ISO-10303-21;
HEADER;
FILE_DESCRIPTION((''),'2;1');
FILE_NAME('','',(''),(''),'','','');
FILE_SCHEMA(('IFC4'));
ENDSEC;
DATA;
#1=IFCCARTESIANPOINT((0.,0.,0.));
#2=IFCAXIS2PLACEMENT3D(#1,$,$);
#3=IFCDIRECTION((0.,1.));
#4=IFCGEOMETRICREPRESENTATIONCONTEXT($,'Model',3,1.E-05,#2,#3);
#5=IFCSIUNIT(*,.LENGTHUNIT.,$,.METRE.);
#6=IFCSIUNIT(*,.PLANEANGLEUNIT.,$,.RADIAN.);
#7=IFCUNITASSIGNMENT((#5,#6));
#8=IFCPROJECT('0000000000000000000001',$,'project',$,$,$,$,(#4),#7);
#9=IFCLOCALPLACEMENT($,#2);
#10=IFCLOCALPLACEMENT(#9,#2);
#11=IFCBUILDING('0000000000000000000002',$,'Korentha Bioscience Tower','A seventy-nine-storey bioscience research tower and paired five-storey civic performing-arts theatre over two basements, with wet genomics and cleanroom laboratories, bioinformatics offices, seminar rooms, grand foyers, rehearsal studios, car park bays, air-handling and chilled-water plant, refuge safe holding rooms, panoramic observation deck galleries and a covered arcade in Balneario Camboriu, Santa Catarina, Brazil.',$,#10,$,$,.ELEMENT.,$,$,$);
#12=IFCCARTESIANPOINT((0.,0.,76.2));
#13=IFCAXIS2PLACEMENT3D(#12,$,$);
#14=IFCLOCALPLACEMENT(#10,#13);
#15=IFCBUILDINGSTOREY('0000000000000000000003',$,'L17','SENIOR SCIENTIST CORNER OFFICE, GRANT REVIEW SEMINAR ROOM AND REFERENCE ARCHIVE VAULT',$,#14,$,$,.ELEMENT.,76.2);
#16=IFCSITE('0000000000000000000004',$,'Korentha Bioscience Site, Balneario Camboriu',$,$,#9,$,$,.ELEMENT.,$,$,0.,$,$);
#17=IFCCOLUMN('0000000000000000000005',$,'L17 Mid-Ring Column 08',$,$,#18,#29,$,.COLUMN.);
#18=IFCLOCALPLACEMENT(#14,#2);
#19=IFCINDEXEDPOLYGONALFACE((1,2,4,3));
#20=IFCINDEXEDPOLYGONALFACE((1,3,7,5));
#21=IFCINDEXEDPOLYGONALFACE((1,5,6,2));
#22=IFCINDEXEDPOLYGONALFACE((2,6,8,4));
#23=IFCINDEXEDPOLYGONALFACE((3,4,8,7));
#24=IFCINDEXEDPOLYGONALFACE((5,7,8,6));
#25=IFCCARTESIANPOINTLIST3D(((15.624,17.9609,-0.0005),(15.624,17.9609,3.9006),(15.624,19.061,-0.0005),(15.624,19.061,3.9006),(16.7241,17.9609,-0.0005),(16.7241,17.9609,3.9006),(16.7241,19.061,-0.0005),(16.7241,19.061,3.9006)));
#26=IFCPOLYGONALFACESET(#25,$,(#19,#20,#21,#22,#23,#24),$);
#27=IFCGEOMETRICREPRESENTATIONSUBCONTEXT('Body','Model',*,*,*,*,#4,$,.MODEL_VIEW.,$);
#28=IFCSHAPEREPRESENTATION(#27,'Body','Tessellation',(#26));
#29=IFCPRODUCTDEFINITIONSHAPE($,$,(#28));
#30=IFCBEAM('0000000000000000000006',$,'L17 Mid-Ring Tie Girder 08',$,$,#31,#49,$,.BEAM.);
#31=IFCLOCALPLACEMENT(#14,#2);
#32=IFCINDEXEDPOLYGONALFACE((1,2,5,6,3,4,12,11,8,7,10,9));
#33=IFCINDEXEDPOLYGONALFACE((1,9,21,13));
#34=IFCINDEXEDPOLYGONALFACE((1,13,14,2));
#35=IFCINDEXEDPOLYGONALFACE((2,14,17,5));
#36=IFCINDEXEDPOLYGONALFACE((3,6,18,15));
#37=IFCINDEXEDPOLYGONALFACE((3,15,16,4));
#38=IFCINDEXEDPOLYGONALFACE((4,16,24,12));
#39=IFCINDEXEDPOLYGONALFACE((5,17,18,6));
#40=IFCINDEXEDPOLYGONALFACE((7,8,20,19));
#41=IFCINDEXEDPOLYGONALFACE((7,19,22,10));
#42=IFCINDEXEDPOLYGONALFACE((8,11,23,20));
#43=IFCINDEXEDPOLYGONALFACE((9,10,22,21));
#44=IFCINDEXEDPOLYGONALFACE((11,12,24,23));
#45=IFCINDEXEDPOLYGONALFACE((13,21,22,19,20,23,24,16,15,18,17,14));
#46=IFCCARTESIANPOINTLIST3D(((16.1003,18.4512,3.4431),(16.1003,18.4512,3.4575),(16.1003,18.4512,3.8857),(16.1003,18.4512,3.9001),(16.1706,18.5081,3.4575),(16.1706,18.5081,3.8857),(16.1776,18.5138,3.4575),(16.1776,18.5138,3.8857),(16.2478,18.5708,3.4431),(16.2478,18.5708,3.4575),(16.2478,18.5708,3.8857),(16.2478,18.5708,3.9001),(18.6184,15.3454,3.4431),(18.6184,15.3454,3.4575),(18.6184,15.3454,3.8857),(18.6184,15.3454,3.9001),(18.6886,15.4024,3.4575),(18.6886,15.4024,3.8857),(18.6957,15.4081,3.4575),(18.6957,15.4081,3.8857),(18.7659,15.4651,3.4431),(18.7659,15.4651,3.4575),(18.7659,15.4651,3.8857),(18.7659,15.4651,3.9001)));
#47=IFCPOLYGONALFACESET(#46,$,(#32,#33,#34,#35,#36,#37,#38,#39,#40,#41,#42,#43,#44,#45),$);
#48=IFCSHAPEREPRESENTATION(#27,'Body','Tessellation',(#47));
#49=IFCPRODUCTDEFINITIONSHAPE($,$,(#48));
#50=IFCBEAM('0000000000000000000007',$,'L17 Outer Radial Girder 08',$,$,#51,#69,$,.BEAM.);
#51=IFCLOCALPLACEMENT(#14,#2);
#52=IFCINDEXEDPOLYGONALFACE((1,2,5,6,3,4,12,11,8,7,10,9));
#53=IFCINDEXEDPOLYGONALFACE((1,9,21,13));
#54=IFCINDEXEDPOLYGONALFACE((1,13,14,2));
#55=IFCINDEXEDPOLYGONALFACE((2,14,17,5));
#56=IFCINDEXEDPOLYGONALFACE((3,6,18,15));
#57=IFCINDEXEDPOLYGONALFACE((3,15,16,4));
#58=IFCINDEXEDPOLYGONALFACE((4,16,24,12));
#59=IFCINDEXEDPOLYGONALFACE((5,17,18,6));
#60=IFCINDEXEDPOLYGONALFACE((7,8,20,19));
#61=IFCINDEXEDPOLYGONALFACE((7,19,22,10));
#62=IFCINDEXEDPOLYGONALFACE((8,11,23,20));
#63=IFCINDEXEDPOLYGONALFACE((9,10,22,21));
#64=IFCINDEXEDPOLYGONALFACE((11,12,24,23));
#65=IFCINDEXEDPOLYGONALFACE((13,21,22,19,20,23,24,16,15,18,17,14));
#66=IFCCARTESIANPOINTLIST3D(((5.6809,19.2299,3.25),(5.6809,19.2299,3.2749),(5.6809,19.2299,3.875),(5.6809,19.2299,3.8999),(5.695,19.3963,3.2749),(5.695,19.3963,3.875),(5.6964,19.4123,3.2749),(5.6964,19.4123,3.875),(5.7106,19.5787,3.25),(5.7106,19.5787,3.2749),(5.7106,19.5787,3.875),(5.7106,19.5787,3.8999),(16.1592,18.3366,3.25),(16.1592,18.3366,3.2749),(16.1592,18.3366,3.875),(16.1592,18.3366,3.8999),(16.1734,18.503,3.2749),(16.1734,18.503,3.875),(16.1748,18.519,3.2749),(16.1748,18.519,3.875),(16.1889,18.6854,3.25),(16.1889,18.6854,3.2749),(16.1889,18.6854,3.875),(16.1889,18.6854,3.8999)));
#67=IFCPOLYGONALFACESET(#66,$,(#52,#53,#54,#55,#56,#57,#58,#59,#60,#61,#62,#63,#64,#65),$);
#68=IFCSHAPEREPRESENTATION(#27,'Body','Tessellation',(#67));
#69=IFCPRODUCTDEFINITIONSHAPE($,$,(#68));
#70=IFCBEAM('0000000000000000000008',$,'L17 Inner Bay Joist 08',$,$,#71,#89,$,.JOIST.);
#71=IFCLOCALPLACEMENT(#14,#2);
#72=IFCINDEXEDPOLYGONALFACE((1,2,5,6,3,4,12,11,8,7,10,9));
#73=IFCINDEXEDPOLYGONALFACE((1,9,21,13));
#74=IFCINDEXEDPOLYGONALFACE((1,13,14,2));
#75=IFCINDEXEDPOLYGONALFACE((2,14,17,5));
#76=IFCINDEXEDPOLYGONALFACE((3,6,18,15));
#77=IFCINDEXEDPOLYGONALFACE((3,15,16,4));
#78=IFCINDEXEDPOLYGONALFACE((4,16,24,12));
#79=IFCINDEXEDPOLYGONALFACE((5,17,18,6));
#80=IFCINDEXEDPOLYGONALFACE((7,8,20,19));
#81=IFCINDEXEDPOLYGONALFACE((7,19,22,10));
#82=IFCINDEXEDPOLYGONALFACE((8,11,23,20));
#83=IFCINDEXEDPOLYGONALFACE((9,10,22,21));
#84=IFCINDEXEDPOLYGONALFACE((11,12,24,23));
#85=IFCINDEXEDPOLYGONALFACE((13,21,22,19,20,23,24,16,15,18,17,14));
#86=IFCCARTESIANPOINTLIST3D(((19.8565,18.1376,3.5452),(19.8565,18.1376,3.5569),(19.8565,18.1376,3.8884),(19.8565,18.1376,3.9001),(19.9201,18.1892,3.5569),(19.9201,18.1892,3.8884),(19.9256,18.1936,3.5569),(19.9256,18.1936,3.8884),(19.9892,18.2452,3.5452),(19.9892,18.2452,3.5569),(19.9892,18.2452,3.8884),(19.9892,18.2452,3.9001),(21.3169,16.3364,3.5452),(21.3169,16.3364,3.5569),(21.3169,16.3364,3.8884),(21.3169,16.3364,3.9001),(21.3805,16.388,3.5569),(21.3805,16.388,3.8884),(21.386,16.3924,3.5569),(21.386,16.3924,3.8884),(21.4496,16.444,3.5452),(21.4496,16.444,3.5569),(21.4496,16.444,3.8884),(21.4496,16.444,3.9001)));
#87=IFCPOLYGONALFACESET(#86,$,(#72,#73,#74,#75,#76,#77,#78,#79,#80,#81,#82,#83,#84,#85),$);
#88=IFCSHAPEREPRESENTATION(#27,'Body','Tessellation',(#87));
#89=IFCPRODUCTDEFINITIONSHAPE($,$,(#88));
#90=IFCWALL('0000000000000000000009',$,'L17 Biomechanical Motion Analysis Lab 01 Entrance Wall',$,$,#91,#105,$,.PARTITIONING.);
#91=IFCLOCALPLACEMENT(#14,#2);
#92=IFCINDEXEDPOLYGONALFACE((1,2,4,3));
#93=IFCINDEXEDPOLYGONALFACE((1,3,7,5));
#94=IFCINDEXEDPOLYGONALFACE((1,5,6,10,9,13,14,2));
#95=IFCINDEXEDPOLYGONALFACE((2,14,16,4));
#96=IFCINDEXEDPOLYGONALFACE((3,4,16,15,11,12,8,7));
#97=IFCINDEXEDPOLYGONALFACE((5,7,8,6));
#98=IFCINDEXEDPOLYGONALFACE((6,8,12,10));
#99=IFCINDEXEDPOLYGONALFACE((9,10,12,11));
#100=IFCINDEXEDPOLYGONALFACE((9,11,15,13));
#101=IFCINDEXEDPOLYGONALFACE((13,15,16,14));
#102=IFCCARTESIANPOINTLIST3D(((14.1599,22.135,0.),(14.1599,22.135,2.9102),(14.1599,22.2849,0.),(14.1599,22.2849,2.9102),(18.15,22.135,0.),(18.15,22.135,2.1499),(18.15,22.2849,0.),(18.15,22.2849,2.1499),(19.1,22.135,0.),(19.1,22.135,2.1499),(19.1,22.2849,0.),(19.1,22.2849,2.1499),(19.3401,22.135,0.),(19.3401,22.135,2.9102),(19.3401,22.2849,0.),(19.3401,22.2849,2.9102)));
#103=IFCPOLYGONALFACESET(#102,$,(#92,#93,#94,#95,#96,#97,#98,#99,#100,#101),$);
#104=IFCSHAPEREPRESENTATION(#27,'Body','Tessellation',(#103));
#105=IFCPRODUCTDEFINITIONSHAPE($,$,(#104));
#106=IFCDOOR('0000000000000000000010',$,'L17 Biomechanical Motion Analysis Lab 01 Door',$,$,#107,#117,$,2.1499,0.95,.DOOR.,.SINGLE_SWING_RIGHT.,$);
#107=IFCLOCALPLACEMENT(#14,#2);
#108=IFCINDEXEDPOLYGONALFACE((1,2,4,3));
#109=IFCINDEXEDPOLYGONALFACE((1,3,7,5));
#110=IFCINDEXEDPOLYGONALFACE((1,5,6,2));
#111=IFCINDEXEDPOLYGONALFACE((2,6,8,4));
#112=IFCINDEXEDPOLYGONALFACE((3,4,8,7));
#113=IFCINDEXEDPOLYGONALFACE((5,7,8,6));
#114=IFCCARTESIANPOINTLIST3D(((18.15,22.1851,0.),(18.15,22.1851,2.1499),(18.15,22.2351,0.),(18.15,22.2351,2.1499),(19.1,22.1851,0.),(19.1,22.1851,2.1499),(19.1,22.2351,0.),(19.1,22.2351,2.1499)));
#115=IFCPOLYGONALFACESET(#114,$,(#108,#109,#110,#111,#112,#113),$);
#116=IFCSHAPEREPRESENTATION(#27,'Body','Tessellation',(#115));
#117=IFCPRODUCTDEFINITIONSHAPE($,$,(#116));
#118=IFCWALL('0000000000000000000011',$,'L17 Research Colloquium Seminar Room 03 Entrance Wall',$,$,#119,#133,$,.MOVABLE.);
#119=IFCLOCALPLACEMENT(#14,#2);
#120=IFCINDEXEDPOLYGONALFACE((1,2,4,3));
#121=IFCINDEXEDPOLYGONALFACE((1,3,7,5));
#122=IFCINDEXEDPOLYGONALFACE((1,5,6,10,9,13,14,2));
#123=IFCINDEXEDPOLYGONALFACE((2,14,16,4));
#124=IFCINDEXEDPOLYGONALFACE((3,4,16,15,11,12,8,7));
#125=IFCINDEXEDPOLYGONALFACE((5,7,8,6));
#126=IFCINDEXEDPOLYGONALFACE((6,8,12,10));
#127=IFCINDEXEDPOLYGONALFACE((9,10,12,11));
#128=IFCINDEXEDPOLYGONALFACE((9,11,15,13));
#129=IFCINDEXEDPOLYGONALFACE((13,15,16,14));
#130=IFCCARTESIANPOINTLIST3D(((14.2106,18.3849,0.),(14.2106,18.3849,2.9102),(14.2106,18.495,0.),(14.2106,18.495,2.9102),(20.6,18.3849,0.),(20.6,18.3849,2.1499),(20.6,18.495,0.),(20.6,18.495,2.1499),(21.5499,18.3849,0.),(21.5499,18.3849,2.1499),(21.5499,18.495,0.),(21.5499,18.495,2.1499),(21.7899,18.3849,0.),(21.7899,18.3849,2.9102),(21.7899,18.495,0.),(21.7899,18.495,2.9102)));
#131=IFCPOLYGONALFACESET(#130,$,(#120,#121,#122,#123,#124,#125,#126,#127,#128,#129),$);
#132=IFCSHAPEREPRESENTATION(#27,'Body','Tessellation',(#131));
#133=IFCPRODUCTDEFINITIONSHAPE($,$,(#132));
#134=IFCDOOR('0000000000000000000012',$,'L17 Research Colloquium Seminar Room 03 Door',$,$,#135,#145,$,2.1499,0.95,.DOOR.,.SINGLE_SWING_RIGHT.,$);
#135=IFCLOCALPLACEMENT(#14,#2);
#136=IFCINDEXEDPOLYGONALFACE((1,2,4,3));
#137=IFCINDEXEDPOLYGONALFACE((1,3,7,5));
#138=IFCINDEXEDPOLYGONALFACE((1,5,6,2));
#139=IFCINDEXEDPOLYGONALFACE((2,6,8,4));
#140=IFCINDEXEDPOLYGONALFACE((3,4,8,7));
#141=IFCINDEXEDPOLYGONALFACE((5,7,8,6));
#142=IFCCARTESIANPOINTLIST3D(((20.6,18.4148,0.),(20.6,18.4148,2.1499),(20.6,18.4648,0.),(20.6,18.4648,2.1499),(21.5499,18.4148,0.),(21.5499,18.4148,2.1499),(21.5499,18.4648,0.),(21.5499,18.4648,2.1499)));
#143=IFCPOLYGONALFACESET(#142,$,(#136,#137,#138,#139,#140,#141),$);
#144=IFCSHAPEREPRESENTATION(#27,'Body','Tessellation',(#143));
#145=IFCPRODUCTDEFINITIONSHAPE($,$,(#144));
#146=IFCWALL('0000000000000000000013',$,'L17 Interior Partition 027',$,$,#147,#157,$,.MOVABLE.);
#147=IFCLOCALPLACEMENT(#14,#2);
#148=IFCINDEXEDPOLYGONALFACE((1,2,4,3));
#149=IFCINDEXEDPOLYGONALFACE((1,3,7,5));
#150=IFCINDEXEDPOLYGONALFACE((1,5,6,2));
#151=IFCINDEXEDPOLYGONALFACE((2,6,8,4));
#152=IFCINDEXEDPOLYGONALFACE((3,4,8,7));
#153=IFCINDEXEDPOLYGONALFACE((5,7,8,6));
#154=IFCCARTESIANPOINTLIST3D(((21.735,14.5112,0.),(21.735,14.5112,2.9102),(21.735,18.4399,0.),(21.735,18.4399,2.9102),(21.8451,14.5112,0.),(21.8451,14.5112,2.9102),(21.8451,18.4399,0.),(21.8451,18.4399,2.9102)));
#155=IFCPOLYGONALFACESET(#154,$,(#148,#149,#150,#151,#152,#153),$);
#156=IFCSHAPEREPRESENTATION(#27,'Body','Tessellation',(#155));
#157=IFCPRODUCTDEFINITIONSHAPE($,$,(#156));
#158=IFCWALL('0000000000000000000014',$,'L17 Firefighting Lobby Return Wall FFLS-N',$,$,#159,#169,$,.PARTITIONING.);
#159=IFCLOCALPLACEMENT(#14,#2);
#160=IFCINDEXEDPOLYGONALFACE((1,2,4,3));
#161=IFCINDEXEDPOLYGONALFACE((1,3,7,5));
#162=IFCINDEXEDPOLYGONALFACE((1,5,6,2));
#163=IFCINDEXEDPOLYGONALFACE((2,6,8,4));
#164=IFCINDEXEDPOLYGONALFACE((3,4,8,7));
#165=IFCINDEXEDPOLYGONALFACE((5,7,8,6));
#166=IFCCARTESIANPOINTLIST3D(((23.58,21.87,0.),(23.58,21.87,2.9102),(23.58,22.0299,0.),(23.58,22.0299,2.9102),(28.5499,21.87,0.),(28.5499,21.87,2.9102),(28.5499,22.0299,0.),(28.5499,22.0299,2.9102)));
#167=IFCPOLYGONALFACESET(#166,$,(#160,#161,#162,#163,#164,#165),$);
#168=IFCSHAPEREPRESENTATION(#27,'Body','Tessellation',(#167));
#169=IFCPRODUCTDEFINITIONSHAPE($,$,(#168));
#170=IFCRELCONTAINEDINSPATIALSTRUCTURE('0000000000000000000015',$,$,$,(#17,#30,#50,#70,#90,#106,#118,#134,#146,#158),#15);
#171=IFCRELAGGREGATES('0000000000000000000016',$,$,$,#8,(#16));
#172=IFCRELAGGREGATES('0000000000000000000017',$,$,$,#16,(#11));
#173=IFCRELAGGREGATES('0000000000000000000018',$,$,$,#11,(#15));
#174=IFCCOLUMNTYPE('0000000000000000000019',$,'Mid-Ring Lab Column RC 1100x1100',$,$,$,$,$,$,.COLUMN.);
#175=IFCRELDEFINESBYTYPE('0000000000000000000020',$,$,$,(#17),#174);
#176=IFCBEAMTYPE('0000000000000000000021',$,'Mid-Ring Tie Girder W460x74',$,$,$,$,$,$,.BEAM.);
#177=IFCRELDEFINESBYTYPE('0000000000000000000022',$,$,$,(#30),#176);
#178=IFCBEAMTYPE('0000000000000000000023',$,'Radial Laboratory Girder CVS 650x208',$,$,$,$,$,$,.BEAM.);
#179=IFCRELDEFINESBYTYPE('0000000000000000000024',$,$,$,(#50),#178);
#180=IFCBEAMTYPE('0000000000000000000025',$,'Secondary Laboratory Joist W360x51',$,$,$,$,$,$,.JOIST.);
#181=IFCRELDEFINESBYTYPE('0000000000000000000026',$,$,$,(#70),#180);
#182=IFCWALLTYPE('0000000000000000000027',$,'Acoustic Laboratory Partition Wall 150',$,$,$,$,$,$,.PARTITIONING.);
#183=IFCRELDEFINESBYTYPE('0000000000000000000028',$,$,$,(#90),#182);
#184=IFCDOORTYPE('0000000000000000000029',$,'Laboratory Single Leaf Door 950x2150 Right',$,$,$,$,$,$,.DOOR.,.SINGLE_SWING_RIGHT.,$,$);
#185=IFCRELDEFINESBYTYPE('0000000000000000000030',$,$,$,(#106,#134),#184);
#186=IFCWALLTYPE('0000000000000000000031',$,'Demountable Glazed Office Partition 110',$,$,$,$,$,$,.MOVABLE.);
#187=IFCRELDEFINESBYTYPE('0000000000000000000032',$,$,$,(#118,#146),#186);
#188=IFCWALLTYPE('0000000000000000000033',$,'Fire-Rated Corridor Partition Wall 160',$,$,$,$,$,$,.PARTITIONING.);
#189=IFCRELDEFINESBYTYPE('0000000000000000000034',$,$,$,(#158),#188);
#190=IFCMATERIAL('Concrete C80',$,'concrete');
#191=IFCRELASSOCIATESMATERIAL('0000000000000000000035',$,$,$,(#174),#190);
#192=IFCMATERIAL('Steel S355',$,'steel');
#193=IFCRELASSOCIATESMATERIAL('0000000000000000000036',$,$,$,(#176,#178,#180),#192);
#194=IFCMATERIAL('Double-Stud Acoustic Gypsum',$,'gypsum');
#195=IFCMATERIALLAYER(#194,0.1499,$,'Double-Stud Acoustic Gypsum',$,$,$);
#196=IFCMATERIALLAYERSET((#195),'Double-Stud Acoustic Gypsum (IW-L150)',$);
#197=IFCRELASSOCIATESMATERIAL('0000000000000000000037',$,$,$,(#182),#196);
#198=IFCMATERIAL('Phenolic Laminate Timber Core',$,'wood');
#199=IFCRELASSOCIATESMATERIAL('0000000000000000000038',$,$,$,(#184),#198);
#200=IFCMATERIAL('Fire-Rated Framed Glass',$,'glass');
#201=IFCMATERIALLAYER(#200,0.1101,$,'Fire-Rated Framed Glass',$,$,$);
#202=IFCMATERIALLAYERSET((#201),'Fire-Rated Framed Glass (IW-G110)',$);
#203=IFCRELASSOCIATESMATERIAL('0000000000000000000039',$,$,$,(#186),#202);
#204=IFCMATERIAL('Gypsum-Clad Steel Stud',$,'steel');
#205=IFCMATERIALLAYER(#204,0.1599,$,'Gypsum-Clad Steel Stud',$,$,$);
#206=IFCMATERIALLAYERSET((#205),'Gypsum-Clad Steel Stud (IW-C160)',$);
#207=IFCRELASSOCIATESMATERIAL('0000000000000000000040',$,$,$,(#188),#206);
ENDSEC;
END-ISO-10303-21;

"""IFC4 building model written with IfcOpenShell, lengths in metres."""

from ifc_helpers import new_model, si_unit, direction, frame, frame_2d, origin, origin_2d, place, context, subcontext, project, spatial, rectangle, i_section, extrude, material, layer, layer_set, material_profile, profile_set, type_object, element, fill, save


model = new_model("IFC4")

# Units and contexts
model_context = context("Model", 3, precision=1e-05, world=origin(), true_north=direction((0.0, 1.0)))
body_context = subcontext(model_context, "Body", "Model", "MODEL_VIEW")
ifc_project = project(units=[si_unit("LENGTHUNIT", "METRE"), si_unit("PLANEANGLEUNIT", "RADIAN")], contexts=[model_context])

# Site, building, storey
site_placement = place(None, origin())
site = spatial("IfcSite", under=ifc_project, at=site_placement, Name="Korentha Bioscience Site, Balneario Camboriu", CompositionType="ELEMENT", RefElevation=0.0)
building_placement = place(site_placement, origin())
building = spatial("IfcBuilding", under=site, at=building_placement, Name="Korentha Bioscience Tower", Description="A seventy-nine-storey bioscience research tower and paired five-storey civic performing-arts theatre over two basements, with wet genomics and cleanroom laboratories, bioinformatics offices, seminar rooms, grand foyers, rehearsal studios, car park bays, air-handling and chilled-water plant, refuge safe holding rooms, panoramic observation deck galleries and a covered arcade in Balneario Camboriu, Santa Catarina, Brazil.", CompositionType="ELEMENT")
storey_placement = place(building_placement, frame((0.0, 0.0, 76.2)))
storey = spatial("IfcBuildingStorey", under=building, at=storey_placement, Name="L17", Description="SENIOR SCIENTIST CORNER OFFICE, GRANT REVIEW SEMINAR ROOM AND REFERENCE ARCHIVE VAULT", CompositionType="ELEMENT", Elevation=76.2)

# Column
ifc_material_1 = material(Name="Concrete C80", Category="concrete")
ifc_material_profile_1 = material_profile(ifc_material_1, rectangle(XDim=1.1001, YDim=1.1001, at=origin_2d()), Name="Concrete C80")
ifc_profile_set_1 = profile_set([ifc_material_profile_1], Name="Concrete C80 (COL-MR11)")
column_type = type_object("IfcColumnType", Name="Mid-Ring Lab Column RC 1100x1100", PredefinedType="COLUMN", material=ifc_profile_set_1)
column_placement = place(storey_placement, frame((16.1741, 18.511, -0.0005), z_axis=(0.0, 0.0, 1.0), x_axis=(1.0, 0.0, 0.0)))
element("IfcColumn", 1, at=column_placement, inside=storey, type_object=column_type, Name="L17 Mid-Ring Column 08", PredefinedType="COLUMN", context=body_context, shape_type="SweptSolid", body=[
    extrude(rectangle(XDim=1.1001, YDim=1.1001, at=origin_2d()), origin(), (0.0, 0.0, 1.0), 3.9011),
])

# Beams
ifc_material_2 = material(Name="Steel S355", Category="steel")
ifc_material_profile_2 = material_profile(ifc_material_2, i_section(OverallWidth=0.1899, OverallDepth=0.457, WebThickness=0.009, FlangeThickness=0.0144, at=origin_2d()), Name="Steel S355")
ifc_profile_set_2 = profile_set([ifc_material_profile_2], Name="Steel S355 (MB-460)")
beam_type_1 = type_object("IfcBeamType", Name="Mid-Ring Tie Girder W460x74", PredefinedType="BEAM", material=ifc_profile_set_2)
beam_1_placement = place(storey_placement, frame((16.1741, 18.511, 3.6716), z_axis=(0.62979, -0.776765, 0.0), x_axis=(0.776765, 0.62979, 0.0)))
element("IfcBeam", 2, at=beam_1_placement, inside=storey, type_object=beam_type_1, Name="L17 Mid-Ring Tie Girder 08", PredefinedType="BEAM", context=body_context, shape_type="SweptSolid", body=[
    extrude(i_section(OverallWidth=0.1899, OverallDepth=0.457, WebThickness=0.009, FlangeThickness=0.0144, at=origin_2d()), origin(), (0.0, 0.0, 1.0), 3.9983),
])
ifc_material_profile_3 = material_profile(ifc_material_2, i_section(OverallWidth=0.3501, OverallDepth=0.6499, WebThickness=0.0161, FlangeThickness=0.0249, at=origin_2d()), Name="Steel S355")
ifc_profile_set_3 = profile_set([ifc_material_profile_3], Name="Steel S355 (RB-650)")
beam_type_2 = type_object("IfcBeamType", Name="Radial Laboratory Girder CVS 650x208", PredefinedType="BEAM", material=ifc_profile_set_3)
beam_2_placement = place(storey_placement, frame((16.1741, 18.511, 3.575), z_axis=(-0.996386, 0.084945, 0.0), x_axis=(-0.084945, -0.996386, 0.0)))
element("IfcBeam", 3, at=beam_2_placement, inside=storey, type_object=beam_type_2, Name="L17 Outer Radial Girder 08", PredefinedType="BEAM", context=body_context, shape_type="SweptSolid", body=[
    extrude(i_section(OverallWidth=0.3501, OverallDepth=0.6499, WebThickness=0.0161, FlangeThickness=0.0249, at=origin_2d()), origin(), (0.0, 0.0, 1.0), 10.5164),
])
ifc_material_profile_4 = material_profile(ifc_material_2, i_section(OverallWidth=0.1709, OverallDepth=0.355, WebThickness=0.0071, FlangeThickness=0.0117, at=origin_2d()), Name="Steel S355")
ifc_profile_set_4 = profile_set([ifc_material_profile_4], Name="Steel S355 (JB-360)")
beam_type_3 = type_object("IfcBeamType", Name="Secondary Laboratory Joist W360x51", PredefinedType="JOIST", material=ifc_profile_set_4)
beam_3_placement = place(storey_placement, frame((19.9229, 18.1914, 3.7227), z_axis=(0.629792, -0.776764, 0.0), x_axis=(0.776764, 0.629792, 0.0)))
element("IfcBeam", 4, at=beam_3_placement, inside=storey, type_object=beam_type_3, Name="L17 Inner Bay Joist 08", PredefinedType="JOIST", context=body_context, shape_type="SweptSolid", body=[
    extrude(i_section(OverallWidth=0.1709, OverallDepth=0.355, WebThickness=0.0071, FlangeThickness=0.0117, at=origin_2d()), origin(), (0.0, 0.0, 1.0), 2.3188),
])

# Walls, openings, doors
ifc_material_3 = material(Name="Double-Stud Acoustic Gypsum", Category="gypsum")
ifc_layer_1 = layer(ifc_material_3, 0.1499, Name="Double-Stud Acoustic Gypsum")
ifc_layer_set_1 = layer_set([ifc_layer_1], Name="Double-Stud Acoustic Gypsum (IW-L150)")
wall_type_1 = type_object("IfcWallType", Name="Acoustic Laboratory Partition Wall 150", PredefinedType="PARTITIONING", material=ifc_layer_set_1)
wall_1_placement = place(storey_placement, frame((19.3401, 22.21, 0.0), z_axis=(0.0, 0.0, 1.0), x_axis=(-1.0, 0.0, 0.0)))
wall_1 = element("IfcWall", 5, at=wall_1_placement, inside=storey, type_object=wall_type_1, Name="L17 Biomechanical Motion Analysis Lab 01 Entrance Wall", PredefinedType="PARTITIONING", context=body_context, shape_type="SweptSolid", body=[
    extrude(rectangle(XDim=5.1802, YDim=0.1499, at=frame_2d((2.5901, 0.0))), origin(), (0.0, 0.0, 1.0), 2.9102),
])
opening_1_placement = place(wall_1_placement, frame((0.24, 0.0, 0.0)))
opening_1 = element("IfcOpeningElement", 6, at=opening_1_placement, cuts=wall_1, PredefinedType="OPENING", context=body_context, shape_type="SweptSolid", body=[
    extrude(rectangle(XDim=0.95, YDim=2.1499, at=frame_2d((0.4751, 1.075))), frame((0.0, 0.0898, 0.0), z_axis=(0.0, -1.0, 0.0), x_axis=(1.0, 0.0, 0.0)), (0.0, 0.0, 1.0), 0.1797),
])
ifc_material_4 = material(Name="Phenolic Laminate Timber Core", Category="wood")
door_type_1 = type_object("IfcDoorType", Name="Laboratory Single Leaf Door 950x2150 Right", OperationType="SINGLE_SWING_RIGHT", PredefinedType="DOOR", material=ifc_material_4)
door_1_placement = place(opening_1_placement, origin())
door_1 = element("IfcDoor", 7, at=door_1_placement, inside=storey, type_object=door_type_1, Name="L17 Biomechanical Motion Analysis Lab 01 Door", OperationType="SINGLE_SWING_RIGHT", OverallHeight=2.1499, OverallWidth=0.95, PredefinedType="DOOR", context=body_context, shape_type="SweptSolid", body=[
    extrude(rectangle(XDim=0.95, YDim=2.1499, at=frame_2d((0.4751, 1.075))), frame((0.0, 0.0249, 0.0), z_axis=(0.0, -1.0, 0.0), x_axis=(1.0, 0.0, 0.0)), (0.0, 0.0, 1.0), 0.05),
])
fill(opening_1, door_1)
ifc_material_5 = material(Name="Fire-Rated Framed Glass", Category="glass")
ifc_layer_2 = layer(ifc_material_5, 0.1101, Name="Fire-Rated Framed Glass")
ifc_layer_set_2 = layer_set([ifc_layer_2], Name="Fire-Rated Framed Glass (IW-G110)")
wall_type_2 = type_object("IfcWallType", Name="Demountable Glazed Office Partition 110", PredefinedType="MOVABLE", material=ifc_layer_set_2)
wall_2_placement = place(storey_placement, frame((14.2107, 18.4399, 0.0), z_axis=(0.0, 0.0, 1.0), x_axis=(1.0, 0.0, 0.0)))
wall_2 = element("IfcWall", 8, at=wall_2_placement, inside=storey, type_object=wall_type_2, Name="L17 Research Colloquium Seminar Room 03 Entrance Wall", PredefinedType="MOVABLE", context=body_context, shape_type="SweptSolid", body=[
    extrude(rectangle(XDim=7.5793, YDim=0.1101, at=frame_2d((3.7896, 0.0))), origin(), (0.0, 0.0, 1.0), 2.9102),
])
opening_2_placement = place(wall_2_placement, frame((6.3892, 0.0, 0.0)))
opening_2 = element("IfcOpeningElement", 9, at=opening_2_placement, cuts=wall_2, PredefinedType="OPENING", context=body_context, shape_type="SweptSolid", body=[
    extrude(rectangle(XDim=0.95, YDim=2.1499, at=frame_2d((0.4751, 1.075))), frame((0.0, 0.0698, 0.0), z_axis=(0.0, -1.0, 0.0), x_axis=(1.0, 0.0, 0.0)), (0.0, 0.0, 1.0), 0.1399),
])
door_2_placement = place(opening_2_placement, origin())
door_2 = element("IfcDoor", 10, at=door_2_placement, inside=storey, type_object=door_type_1, Name="L17 Research Colloquium Seminar Room 03 Door", OperationType="SINGLE_SWING_RIGHT", OverallHeight=2.1499, OverallWidth=0.95, PredefinedType="DOOR", context=body_context, shape_type="SweptSolid", body=[
    extrude(rectangle(XDim=0.95, YDim=2.1499, at=frame_2d((0.4751, 1.075))), frame((0.0, 0.0249, 0.0), z_axis=(0.0, -1.0, 0.0), x_axis=(1.0, 0.0, 0.0)), (0.0, 0.0, 1.0), 0.05),
])
fill(opening_2, door_2)

# Wall
wall_3_placement = place(storey_placement, frame((21.79, 18.4399, 0.0), z_axis=(0.0, 0.0, 1.0), x_axis=(0.0, -1.0, 0.0)))
element("IfcWall", 11, at=wall_3_placement, inside=storey, type_object=wall_type_2, Name="L17 Interior Partition 027", PredefinedType="MOVABLE", context=body_context, shape_type="SweptSolid", body=[
    extrude(rectangle(XDim=3.9287, YDim=0.1101, at=frame_2d((1.9644, 0.0))), origin(), (0.0, 0.0, 1.0), 2.9102),
])

# Shared definitions
ifc_material_6 = material(Name="Gypsum-Clad Steel Stud", Category="steel")
ifc_layer_3 = layer(ifc_material_6, 0.1599, Name="Gypsum-Clad Steel Stud")
ifc_layer_set_3 = layer_set([ifc_layer_3], Name="Gypsum-Clad Steel Stud (IW-C160)")
wall_type_3 = type_object("IfcWallType", Name="Fire-Rated Corridor Partition Wall 160", PredefinedType="PARTITIONING", material=ifc_layer_set_3)

# Wall
wall_4_placement = place(storey_placement, frame((23.5801, 21.95, 0.0), z_axis=(0.0, 0.0, 1.0), x_axis=(1.0, 0.0, 0.0)))
element("IfcWall", 12, at=wall_4_placement, inside=storey, type_object=wall_type_3, Name="L17 Firefighting Lobby Return Wall FFLS-N", PredefinedType="PARTITIONING", context=body_context, shape_type="SweptSolid", body=[
    extrude(rectangle(XDim=4.97, YDim=0.1599, at=frame_2d((2.4849, 0.0))), origin(), (0.0, 0.0, 1.0), 2.9102),
])

save(model, "model.ifc")
